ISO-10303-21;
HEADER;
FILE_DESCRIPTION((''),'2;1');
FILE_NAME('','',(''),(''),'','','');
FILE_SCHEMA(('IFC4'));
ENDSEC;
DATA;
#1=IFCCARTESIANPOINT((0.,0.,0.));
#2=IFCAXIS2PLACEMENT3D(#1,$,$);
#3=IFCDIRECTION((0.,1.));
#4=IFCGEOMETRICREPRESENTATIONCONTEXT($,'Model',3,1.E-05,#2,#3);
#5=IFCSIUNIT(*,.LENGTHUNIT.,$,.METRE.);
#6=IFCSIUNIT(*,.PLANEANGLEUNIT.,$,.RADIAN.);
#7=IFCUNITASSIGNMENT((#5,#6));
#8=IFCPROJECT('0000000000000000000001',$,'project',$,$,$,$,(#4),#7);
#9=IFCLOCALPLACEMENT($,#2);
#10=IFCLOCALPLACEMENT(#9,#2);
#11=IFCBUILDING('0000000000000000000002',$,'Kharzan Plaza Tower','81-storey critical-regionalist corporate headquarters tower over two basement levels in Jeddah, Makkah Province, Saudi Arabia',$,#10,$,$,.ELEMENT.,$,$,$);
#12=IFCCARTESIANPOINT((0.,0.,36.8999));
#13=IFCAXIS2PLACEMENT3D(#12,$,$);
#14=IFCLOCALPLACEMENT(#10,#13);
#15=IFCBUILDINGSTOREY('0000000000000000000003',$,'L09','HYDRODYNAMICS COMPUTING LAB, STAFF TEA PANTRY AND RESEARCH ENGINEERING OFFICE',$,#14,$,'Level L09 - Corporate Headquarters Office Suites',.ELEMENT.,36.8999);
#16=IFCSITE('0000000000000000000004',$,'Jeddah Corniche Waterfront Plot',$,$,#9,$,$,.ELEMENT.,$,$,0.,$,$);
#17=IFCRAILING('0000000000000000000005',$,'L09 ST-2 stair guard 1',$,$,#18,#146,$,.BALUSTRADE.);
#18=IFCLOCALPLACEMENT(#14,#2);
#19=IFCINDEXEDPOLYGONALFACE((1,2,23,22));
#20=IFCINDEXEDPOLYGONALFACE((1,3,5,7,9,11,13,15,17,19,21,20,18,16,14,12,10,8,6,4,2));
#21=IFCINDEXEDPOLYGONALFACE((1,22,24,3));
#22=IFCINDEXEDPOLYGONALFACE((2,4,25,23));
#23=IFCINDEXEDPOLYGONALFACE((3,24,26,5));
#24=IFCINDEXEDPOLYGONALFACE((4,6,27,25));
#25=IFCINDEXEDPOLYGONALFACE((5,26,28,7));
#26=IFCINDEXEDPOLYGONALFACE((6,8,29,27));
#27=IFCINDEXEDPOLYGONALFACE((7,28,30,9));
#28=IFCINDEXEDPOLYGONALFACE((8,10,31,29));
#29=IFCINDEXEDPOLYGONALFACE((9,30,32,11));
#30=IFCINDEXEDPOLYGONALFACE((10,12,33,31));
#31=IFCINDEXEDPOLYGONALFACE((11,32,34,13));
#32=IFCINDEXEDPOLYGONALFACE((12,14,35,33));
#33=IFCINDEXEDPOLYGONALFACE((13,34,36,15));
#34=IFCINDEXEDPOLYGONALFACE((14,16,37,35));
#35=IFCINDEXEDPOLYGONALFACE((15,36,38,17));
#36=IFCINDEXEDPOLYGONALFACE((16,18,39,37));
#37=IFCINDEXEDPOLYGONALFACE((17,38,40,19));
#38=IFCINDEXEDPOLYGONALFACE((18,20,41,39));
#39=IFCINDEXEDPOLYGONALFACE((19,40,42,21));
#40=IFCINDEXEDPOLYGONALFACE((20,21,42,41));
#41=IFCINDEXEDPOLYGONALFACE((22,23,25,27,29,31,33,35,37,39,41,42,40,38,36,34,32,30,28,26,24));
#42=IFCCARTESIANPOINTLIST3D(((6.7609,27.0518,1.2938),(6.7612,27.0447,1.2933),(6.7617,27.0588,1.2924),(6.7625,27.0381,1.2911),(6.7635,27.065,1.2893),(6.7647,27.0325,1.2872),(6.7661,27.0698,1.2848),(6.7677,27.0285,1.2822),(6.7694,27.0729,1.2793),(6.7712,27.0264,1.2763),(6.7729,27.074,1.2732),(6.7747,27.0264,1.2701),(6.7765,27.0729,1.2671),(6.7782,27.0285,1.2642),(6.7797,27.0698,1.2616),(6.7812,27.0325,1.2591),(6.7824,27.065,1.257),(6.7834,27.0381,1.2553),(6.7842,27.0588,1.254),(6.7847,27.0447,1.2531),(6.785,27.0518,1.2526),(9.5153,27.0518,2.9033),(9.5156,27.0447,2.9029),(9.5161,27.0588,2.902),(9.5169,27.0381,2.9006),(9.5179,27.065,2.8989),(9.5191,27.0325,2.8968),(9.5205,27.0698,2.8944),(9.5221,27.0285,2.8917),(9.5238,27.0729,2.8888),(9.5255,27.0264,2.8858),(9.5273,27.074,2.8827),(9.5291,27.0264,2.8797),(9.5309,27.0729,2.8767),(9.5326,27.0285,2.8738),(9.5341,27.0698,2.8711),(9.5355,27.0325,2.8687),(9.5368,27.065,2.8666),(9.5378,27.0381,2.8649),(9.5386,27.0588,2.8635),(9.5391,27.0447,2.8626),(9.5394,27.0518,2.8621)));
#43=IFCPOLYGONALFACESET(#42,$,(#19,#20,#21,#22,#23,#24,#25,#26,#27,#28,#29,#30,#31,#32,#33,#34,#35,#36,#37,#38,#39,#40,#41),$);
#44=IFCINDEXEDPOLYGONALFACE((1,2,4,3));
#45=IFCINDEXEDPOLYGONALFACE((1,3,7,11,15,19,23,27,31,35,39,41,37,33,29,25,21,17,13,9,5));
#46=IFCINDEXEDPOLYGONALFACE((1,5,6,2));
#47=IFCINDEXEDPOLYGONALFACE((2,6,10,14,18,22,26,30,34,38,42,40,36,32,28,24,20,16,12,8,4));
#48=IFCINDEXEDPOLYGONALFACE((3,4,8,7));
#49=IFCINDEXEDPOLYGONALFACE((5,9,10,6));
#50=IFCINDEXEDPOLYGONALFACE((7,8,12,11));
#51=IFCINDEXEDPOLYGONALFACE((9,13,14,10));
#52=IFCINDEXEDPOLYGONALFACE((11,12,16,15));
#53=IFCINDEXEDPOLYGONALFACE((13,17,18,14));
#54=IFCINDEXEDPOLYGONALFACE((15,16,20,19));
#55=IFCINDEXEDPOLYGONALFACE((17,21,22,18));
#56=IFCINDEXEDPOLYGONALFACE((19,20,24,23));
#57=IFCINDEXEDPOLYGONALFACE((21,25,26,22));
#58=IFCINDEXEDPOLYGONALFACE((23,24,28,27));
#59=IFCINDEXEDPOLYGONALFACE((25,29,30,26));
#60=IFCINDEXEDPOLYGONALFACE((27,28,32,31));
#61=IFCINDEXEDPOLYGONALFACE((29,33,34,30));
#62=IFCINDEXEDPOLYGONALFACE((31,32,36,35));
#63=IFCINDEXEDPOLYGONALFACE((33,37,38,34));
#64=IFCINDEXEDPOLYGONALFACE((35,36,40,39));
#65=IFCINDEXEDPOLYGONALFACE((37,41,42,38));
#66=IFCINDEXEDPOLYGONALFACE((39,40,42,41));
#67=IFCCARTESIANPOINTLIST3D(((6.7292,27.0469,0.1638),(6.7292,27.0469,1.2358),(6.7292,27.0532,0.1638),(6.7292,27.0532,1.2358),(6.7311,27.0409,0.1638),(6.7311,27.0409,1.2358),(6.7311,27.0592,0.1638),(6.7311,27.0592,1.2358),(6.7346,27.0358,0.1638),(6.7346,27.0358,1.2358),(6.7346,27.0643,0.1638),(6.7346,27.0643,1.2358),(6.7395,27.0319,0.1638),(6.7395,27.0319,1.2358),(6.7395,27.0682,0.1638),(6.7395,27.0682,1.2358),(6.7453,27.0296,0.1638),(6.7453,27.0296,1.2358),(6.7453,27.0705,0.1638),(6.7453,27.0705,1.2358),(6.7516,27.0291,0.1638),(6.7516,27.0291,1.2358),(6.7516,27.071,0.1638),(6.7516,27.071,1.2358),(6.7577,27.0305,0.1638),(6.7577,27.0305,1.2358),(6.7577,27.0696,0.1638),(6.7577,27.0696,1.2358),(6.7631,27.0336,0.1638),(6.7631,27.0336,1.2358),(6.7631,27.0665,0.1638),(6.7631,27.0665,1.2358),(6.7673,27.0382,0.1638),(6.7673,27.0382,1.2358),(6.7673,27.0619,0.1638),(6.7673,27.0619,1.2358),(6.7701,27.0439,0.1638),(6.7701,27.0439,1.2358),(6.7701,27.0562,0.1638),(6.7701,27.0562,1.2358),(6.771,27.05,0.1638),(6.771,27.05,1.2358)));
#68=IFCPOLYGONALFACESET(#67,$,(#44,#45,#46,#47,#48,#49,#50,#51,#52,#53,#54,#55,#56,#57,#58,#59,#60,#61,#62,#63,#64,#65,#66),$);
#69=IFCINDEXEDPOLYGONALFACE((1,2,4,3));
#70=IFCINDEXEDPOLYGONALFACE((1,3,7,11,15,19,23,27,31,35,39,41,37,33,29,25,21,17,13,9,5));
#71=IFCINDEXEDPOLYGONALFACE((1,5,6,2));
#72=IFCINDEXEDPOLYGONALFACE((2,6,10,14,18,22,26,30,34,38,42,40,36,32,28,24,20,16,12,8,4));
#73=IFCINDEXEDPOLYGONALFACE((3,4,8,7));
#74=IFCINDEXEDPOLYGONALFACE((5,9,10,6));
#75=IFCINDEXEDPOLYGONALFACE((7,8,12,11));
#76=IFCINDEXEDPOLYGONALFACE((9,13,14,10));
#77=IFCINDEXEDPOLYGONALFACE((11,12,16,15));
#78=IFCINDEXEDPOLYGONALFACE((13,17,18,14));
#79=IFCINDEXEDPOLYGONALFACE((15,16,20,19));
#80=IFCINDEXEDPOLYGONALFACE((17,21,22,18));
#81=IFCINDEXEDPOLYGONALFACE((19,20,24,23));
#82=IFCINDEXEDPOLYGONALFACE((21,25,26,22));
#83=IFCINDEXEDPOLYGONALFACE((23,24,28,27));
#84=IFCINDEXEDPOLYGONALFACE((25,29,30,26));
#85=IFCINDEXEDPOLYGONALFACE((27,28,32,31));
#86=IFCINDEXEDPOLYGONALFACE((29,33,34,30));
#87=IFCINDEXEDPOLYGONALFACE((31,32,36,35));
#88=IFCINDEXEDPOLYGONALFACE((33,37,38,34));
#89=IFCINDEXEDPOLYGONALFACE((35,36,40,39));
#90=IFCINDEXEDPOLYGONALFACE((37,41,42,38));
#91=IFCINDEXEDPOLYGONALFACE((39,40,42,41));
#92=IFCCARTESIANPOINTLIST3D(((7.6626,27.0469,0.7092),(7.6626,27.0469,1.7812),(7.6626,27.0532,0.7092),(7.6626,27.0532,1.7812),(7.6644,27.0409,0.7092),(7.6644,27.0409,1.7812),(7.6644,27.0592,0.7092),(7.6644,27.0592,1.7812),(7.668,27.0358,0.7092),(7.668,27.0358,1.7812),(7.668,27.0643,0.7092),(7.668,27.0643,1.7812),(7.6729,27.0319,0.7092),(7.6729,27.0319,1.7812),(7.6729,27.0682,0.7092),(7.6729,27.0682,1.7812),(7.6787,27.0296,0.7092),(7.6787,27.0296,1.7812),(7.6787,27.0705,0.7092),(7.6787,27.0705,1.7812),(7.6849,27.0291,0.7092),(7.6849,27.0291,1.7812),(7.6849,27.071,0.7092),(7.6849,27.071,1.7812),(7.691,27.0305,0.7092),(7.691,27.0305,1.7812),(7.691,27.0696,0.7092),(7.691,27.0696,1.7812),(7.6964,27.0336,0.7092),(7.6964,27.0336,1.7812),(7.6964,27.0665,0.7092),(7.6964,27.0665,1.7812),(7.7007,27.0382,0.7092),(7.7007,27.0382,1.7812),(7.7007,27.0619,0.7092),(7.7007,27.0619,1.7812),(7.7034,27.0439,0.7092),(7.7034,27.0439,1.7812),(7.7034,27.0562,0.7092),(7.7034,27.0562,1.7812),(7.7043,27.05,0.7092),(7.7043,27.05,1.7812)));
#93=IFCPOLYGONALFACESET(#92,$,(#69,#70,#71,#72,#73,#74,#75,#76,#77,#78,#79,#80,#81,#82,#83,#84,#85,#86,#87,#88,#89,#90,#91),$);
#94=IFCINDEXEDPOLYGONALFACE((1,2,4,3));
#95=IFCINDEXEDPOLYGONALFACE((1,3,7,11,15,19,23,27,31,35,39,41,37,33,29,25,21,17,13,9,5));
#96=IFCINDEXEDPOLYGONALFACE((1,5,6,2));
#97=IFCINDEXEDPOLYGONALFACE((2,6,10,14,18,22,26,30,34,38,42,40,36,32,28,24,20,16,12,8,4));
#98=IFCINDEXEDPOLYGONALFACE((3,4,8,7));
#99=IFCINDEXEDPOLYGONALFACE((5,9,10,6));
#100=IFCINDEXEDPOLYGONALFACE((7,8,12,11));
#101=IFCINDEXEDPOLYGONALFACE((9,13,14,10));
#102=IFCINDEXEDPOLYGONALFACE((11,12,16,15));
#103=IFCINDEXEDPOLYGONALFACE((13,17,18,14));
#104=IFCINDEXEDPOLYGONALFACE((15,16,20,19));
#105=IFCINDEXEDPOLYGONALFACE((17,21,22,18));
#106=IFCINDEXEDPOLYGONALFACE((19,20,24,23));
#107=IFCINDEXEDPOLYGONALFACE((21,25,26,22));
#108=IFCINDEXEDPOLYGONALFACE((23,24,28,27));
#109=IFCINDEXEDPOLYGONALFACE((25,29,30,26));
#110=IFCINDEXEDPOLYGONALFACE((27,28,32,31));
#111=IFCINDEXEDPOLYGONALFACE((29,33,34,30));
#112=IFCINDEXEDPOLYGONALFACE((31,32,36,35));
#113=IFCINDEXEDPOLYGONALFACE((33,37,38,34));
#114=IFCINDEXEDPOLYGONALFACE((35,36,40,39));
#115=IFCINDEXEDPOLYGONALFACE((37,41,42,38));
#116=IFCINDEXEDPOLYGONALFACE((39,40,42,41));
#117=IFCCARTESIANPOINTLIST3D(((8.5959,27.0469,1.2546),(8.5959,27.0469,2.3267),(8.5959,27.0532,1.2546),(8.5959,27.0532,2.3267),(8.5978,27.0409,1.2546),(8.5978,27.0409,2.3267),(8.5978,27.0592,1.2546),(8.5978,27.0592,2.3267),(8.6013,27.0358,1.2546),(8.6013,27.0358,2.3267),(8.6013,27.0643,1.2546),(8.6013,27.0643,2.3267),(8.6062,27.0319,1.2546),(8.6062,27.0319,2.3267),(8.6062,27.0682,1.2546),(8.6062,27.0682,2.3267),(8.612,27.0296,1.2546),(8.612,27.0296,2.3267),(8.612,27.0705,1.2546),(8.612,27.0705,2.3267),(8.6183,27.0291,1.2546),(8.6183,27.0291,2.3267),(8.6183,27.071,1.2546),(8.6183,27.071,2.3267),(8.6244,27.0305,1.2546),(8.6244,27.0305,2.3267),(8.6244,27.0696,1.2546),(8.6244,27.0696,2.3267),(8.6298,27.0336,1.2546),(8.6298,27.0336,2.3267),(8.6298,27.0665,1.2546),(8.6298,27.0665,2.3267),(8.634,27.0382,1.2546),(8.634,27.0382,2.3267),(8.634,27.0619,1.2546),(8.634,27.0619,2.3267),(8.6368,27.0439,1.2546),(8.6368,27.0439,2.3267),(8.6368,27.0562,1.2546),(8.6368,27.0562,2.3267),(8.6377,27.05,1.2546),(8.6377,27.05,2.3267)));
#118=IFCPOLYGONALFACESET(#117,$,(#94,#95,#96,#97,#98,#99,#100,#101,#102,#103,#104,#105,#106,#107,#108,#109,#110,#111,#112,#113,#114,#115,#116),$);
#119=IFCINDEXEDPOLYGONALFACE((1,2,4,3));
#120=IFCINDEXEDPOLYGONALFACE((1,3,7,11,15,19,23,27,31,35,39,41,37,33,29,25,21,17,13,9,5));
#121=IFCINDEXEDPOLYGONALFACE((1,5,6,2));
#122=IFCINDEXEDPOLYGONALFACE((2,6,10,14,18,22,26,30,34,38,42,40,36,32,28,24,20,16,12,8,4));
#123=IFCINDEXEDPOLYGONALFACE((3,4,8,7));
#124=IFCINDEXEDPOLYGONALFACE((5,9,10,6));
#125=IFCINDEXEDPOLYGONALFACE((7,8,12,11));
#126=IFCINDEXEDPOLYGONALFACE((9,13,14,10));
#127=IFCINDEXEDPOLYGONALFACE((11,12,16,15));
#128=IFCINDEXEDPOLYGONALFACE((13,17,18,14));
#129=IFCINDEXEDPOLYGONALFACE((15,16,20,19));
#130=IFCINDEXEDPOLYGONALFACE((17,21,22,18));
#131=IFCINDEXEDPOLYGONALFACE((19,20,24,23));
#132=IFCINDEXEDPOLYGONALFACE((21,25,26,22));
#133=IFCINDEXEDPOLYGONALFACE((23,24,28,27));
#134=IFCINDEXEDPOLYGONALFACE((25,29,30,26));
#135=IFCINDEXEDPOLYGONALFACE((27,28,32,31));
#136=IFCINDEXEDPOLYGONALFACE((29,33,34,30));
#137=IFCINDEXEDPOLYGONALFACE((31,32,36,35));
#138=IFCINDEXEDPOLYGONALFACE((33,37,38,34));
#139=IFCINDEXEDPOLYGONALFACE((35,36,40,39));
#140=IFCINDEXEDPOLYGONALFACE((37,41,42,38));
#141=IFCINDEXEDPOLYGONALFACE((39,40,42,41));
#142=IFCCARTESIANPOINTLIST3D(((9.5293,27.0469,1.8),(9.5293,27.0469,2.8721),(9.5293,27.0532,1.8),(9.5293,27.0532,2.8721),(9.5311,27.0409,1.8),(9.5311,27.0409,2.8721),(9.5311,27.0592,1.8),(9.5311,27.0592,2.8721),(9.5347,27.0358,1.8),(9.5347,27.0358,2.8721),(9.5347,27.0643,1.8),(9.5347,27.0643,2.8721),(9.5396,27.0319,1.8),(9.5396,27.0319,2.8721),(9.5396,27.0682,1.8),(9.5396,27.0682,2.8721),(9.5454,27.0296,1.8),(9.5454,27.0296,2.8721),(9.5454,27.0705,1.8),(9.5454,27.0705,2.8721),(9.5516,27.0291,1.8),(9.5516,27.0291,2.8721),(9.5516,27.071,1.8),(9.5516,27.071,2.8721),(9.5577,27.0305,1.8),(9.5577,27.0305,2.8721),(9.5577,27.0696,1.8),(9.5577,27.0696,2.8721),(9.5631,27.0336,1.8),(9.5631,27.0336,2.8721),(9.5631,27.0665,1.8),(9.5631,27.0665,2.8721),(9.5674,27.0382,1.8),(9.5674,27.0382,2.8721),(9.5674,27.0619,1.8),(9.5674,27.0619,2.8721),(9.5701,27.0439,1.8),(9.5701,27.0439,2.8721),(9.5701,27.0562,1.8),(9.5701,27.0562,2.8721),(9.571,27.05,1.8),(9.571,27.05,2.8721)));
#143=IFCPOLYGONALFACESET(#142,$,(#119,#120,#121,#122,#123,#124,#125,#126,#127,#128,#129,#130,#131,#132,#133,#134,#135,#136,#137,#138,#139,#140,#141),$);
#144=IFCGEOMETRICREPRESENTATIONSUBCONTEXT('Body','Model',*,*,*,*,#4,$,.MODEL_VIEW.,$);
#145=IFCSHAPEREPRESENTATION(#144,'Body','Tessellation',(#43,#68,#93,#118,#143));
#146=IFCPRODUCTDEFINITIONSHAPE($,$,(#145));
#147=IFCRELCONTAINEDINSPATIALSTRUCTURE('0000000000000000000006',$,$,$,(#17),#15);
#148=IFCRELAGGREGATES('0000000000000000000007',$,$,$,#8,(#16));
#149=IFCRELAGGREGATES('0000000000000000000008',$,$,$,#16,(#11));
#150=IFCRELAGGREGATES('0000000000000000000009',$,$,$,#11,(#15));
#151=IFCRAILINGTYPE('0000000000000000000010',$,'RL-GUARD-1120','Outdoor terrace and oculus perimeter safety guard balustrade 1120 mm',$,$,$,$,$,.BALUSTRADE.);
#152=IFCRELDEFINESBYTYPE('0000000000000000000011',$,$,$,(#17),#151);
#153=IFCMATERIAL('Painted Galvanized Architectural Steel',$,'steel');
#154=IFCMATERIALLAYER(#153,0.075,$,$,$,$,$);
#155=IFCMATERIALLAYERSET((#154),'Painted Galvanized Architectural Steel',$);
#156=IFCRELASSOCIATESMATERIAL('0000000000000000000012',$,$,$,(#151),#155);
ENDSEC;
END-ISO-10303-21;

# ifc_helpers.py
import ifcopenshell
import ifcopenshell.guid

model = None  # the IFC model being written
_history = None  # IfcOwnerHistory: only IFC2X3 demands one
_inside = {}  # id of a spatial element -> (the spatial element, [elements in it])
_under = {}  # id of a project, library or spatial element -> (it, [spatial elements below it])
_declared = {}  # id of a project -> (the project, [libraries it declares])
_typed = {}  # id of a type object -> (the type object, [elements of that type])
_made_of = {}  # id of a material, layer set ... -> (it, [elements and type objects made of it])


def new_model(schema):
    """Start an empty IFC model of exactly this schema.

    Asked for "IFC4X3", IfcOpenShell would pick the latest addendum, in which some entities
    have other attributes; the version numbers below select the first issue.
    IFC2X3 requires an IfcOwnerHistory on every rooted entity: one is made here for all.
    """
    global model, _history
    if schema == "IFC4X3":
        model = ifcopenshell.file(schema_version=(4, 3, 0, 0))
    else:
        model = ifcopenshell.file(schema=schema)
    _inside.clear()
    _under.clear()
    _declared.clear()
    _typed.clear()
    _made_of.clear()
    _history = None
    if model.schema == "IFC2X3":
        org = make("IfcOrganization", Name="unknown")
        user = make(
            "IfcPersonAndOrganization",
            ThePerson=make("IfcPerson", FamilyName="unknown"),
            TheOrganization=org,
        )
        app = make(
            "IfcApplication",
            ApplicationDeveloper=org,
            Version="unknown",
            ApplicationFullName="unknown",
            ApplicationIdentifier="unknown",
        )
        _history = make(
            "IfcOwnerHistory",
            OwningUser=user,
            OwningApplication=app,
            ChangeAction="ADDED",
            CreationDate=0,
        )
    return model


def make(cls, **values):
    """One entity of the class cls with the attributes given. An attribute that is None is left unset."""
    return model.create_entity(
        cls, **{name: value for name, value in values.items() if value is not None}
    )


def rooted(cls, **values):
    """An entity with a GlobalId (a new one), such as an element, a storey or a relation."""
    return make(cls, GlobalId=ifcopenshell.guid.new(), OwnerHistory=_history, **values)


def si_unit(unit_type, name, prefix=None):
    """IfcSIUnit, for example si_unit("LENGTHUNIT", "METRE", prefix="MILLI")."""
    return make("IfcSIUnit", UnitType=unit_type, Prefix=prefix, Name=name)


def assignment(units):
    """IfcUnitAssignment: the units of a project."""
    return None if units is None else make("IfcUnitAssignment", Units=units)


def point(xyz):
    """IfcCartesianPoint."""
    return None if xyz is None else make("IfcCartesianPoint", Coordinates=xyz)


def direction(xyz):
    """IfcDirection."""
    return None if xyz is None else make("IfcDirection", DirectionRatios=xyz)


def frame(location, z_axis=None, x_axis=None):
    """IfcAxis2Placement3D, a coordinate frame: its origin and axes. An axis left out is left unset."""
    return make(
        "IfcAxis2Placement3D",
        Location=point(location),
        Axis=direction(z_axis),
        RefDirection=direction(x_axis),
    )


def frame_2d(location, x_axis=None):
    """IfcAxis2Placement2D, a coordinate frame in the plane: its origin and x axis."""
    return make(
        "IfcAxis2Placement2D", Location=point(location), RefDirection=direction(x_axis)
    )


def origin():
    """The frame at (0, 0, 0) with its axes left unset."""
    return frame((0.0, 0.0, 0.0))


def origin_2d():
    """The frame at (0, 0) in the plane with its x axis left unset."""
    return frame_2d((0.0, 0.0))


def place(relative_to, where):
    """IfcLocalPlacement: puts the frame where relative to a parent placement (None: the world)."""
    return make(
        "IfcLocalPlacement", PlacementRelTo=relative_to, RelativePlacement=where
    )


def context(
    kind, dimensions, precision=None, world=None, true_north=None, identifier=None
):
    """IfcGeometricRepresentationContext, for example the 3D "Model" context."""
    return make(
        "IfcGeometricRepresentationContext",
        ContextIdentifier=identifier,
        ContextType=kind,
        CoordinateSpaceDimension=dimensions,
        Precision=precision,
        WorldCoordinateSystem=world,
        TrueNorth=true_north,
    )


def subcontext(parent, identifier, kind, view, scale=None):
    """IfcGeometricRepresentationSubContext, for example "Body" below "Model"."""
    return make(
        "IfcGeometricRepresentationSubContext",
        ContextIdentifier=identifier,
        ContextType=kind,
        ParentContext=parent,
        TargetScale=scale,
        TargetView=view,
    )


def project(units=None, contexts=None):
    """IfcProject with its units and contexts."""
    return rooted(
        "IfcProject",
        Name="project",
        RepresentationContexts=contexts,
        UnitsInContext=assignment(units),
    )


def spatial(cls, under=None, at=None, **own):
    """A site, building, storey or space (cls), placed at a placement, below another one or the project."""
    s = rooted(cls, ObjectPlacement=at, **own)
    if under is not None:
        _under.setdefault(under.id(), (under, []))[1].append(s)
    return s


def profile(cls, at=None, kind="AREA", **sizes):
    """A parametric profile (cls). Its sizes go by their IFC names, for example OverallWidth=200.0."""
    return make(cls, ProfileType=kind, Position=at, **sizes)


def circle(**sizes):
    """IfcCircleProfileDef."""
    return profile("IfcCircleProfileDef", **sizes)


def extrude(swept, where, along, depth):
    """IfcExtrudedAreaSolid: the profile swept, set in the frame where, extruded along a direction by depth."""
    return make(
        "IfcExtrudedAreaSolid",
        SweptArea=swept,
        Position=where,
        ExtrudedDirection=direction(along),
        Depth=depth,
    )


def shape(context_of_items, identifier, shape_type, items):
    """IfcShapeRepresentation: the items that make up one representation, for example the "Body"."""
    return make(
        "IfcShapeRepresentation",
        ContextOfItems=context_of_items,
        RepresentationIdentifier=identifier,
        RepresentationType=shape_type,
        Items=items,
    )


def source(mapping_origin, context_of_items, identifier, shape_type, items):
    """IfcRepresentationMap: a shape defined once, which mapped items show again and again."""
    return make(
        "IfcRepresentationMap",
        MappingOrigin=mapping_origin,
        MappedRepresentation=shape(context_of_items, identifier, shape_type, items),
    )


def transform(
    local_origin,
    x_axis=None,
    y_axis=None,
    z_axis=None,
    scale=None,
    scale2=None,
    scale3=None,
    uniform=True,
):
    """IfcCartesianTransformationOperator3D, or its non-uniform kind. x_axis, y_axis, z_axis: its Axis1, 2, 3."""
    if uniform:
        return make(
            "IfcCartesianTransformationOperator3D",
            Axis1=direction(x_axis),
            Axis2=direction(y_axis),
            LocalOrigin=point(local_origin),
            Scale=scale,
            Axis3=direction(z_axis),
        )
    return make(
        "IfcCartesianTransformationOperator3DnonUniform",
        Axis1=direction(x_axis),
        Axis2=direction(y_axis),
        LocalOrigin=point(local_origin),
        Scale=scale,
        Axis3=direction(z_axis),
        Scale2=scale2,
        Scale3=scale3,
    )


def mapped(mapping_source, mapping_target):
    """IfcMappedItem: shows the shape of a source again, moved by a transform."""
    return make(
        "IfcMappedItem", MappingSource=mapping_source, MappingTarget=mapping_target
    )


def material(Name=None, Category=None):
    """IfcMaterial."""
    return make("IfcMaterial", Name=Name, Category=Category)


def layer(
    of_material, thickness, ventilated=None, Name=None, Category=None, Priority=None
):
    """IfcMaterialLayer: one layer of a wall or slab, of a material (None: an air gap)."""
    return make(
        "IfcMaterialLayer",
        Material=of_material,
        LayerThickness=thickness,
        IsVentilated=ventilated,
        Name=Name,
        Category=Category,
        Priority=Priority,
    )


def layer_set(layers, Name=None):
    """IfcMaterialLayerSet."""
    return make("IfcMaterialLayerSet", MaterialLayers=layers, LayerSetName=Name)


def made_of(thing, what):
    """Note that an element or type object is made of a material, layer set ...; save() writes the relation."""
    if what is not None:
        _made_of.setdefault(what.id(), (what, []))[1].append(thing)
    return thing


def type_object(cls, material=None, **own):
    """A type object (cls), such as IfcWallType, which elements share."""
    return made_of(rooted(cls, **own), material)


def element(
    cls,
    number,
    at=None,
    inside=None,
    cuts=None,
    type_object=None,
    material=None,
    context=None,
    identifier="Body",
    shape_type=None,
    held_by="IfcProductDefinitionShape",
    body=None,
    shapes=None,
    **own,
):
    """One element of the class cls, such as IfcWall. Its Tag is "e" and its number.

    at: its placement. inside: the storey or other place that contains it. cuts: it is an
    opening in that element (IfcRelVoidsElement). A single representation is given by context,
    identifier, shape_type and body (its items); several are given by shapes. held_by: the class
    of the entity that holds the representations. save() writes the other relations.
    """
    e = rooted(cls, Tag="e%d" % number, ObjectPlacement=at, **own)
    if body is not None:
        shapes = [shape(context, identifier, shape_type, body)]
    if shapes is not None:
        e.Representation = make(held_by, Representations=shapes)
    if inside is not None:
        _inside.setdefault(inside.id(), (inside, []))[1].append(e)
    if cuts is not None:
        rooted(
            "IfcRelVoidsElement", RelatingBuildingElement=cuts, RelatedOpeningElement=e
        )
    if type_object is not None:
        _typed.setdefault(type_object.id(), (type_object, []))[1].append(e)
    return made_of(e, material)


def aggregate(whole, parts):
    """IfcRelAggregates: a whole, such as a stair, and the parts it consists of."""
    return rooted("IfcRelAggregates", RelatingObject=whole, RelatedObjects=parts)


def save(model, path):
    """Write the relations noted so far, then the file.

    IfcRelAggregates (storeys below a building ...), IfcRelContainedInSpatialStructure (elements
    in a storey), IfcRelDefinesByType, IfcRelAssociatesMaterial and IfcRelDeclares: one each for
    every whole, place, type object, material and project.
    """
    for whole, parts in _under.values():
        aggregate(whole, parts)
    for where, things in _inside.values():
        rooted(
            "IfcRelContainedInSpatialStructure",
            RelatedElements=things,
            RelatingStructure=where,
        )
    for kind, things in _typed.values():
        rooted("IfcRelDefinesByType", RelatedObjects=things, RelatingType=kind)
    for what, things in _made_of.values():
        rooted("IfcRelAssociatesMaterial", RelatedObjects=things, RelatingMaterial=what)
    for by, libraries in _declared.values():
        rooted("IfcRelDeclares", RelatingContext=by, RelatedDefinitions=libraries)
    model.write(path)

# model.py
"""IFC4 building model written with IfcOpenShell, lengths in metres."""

from ifc_helpers import new_model, si_unit, direction, frame, origin, origin_2d, place, context, subcontext, project, spatial, circle, extrude, source, transform, mapped, material, layer, layer_set, type_object, element, save


model = new_model("IFC4")

# Units and contexts
model_context = context("Model", 3, precision=1e-05, world=origin(), true_north=direction((0.0, 1.0)))
body_context = subcontext(model_context, "Body", "Model", "MODEL_VIEW")
ifc_project = project(units=[si_unit("LENGTHUNIT", "METRE"), si_unit("PLANEANGLEUNIT", "RADIAN")], contexts=[model_context])

# Site, building, storey
site_placement = place(None, origin())
site = spatial("IfcSite", under=ifc_project, at=site_placement, Name="Jeddah Corniche Waterfront Plot", CompositionType="ELEMENT", RefElevation=0.0)
building_placement = place(site_placement, origin())
building = spatial("IfcBuilding", under=site, at=building_placement, Name="Kharzan Plaza Tower", Description="81-storey critical-regionalist corporate headquarters tower over two basement levels in Jeddah, Makkah Province, Saudi Arabia", CompositionType="ELEMENT")
storey_placement = place(building_placement, frame((0.0, 0.0, 36.8999)))
storey = spatial("IfcBuildingStorey", under=building, at=storey_placement, Name="L09", Description="HYDRODYNAMICS COMPUTING LAB, STAFF TEA PANTRY AND RESEARCH ENGINEERING OFFICE", LongName="Level L09 - Corporate Headquarters Office Suites", CompositionType="ELEMENT", Elevation=36.8999)

# Railing
ifc_material_1 = material(Name="Painted Galvanized Architectural Steel", Category="steel")
ifc_layer_1 = layer(ifc_material_1, 0.075)
ifc_layer_set_1 = layer_set([ifc_layer_1], Name="Painted Galvanized Architectural Steel")
railing_type_1 = type_object("IfcRailingType", Name="RL-GUARD-1120", Description="Outdoor terrace and oculus perimeter safety guard balustrade 1120 mm", PredefinedType="BALUSTRADE", material=ifc_layer_set_1)
shared_shape_1 = source(origin(), body_context, "Body", "SweptSolid", [
    extrude(circle(Radius=0.0239, at=origin_2d()), frame((0.0229, 0.0, 1.1094), z_axis=(0.863394, 0.0, 0.504531), x_axis=(0.0, 1.0, 0.0)), (0.0, 0.0, 1.0), 3.1902),
    extrude(circle(Radius=0.021, at=origin_2d()), origin(), (0.0, 0.0, 1.0), 1.072),
    extrude(circle(Radius=0.021, at=origin_2d()), frame((0.9333, 0.0, 0.5454)), (0.0, 0.0, 1.0), 1.072),
    extrude(circle(Radius=0.021, at=origin_2d()), frame((1.8667, 0.0, 1.0908)), (0.0, 0.0, 1.0), 1.072),
    extrude(circle(Radius=0.021, at=origin_2d()), frame((2.8, 0.0, 1.6362)), (0.0, 0.0, 1.0), 1.072),
])
railing_1_placement = place(storey_placement, frame((6.75, 27.05, 0.1638)))
element("IfcRailing", 1, at=railing_1_placement, inside=storey, type_object=railing_type_1, Name="L09 ST-2 stair guard 1", PredefinedType="BALUSTRADE", context=body_context, shape_type="MappedRepresentation", body=[
    mapped(shared_shape_1, transform((0.0, 0.0, 0.0), x_axis=(1.0, 0.0, 0.0), y_axis=(0.0, 1.0, 0.0), z_axis=(0.0, 0.0, 1.0))),
])

save(model, "model.ifc")
